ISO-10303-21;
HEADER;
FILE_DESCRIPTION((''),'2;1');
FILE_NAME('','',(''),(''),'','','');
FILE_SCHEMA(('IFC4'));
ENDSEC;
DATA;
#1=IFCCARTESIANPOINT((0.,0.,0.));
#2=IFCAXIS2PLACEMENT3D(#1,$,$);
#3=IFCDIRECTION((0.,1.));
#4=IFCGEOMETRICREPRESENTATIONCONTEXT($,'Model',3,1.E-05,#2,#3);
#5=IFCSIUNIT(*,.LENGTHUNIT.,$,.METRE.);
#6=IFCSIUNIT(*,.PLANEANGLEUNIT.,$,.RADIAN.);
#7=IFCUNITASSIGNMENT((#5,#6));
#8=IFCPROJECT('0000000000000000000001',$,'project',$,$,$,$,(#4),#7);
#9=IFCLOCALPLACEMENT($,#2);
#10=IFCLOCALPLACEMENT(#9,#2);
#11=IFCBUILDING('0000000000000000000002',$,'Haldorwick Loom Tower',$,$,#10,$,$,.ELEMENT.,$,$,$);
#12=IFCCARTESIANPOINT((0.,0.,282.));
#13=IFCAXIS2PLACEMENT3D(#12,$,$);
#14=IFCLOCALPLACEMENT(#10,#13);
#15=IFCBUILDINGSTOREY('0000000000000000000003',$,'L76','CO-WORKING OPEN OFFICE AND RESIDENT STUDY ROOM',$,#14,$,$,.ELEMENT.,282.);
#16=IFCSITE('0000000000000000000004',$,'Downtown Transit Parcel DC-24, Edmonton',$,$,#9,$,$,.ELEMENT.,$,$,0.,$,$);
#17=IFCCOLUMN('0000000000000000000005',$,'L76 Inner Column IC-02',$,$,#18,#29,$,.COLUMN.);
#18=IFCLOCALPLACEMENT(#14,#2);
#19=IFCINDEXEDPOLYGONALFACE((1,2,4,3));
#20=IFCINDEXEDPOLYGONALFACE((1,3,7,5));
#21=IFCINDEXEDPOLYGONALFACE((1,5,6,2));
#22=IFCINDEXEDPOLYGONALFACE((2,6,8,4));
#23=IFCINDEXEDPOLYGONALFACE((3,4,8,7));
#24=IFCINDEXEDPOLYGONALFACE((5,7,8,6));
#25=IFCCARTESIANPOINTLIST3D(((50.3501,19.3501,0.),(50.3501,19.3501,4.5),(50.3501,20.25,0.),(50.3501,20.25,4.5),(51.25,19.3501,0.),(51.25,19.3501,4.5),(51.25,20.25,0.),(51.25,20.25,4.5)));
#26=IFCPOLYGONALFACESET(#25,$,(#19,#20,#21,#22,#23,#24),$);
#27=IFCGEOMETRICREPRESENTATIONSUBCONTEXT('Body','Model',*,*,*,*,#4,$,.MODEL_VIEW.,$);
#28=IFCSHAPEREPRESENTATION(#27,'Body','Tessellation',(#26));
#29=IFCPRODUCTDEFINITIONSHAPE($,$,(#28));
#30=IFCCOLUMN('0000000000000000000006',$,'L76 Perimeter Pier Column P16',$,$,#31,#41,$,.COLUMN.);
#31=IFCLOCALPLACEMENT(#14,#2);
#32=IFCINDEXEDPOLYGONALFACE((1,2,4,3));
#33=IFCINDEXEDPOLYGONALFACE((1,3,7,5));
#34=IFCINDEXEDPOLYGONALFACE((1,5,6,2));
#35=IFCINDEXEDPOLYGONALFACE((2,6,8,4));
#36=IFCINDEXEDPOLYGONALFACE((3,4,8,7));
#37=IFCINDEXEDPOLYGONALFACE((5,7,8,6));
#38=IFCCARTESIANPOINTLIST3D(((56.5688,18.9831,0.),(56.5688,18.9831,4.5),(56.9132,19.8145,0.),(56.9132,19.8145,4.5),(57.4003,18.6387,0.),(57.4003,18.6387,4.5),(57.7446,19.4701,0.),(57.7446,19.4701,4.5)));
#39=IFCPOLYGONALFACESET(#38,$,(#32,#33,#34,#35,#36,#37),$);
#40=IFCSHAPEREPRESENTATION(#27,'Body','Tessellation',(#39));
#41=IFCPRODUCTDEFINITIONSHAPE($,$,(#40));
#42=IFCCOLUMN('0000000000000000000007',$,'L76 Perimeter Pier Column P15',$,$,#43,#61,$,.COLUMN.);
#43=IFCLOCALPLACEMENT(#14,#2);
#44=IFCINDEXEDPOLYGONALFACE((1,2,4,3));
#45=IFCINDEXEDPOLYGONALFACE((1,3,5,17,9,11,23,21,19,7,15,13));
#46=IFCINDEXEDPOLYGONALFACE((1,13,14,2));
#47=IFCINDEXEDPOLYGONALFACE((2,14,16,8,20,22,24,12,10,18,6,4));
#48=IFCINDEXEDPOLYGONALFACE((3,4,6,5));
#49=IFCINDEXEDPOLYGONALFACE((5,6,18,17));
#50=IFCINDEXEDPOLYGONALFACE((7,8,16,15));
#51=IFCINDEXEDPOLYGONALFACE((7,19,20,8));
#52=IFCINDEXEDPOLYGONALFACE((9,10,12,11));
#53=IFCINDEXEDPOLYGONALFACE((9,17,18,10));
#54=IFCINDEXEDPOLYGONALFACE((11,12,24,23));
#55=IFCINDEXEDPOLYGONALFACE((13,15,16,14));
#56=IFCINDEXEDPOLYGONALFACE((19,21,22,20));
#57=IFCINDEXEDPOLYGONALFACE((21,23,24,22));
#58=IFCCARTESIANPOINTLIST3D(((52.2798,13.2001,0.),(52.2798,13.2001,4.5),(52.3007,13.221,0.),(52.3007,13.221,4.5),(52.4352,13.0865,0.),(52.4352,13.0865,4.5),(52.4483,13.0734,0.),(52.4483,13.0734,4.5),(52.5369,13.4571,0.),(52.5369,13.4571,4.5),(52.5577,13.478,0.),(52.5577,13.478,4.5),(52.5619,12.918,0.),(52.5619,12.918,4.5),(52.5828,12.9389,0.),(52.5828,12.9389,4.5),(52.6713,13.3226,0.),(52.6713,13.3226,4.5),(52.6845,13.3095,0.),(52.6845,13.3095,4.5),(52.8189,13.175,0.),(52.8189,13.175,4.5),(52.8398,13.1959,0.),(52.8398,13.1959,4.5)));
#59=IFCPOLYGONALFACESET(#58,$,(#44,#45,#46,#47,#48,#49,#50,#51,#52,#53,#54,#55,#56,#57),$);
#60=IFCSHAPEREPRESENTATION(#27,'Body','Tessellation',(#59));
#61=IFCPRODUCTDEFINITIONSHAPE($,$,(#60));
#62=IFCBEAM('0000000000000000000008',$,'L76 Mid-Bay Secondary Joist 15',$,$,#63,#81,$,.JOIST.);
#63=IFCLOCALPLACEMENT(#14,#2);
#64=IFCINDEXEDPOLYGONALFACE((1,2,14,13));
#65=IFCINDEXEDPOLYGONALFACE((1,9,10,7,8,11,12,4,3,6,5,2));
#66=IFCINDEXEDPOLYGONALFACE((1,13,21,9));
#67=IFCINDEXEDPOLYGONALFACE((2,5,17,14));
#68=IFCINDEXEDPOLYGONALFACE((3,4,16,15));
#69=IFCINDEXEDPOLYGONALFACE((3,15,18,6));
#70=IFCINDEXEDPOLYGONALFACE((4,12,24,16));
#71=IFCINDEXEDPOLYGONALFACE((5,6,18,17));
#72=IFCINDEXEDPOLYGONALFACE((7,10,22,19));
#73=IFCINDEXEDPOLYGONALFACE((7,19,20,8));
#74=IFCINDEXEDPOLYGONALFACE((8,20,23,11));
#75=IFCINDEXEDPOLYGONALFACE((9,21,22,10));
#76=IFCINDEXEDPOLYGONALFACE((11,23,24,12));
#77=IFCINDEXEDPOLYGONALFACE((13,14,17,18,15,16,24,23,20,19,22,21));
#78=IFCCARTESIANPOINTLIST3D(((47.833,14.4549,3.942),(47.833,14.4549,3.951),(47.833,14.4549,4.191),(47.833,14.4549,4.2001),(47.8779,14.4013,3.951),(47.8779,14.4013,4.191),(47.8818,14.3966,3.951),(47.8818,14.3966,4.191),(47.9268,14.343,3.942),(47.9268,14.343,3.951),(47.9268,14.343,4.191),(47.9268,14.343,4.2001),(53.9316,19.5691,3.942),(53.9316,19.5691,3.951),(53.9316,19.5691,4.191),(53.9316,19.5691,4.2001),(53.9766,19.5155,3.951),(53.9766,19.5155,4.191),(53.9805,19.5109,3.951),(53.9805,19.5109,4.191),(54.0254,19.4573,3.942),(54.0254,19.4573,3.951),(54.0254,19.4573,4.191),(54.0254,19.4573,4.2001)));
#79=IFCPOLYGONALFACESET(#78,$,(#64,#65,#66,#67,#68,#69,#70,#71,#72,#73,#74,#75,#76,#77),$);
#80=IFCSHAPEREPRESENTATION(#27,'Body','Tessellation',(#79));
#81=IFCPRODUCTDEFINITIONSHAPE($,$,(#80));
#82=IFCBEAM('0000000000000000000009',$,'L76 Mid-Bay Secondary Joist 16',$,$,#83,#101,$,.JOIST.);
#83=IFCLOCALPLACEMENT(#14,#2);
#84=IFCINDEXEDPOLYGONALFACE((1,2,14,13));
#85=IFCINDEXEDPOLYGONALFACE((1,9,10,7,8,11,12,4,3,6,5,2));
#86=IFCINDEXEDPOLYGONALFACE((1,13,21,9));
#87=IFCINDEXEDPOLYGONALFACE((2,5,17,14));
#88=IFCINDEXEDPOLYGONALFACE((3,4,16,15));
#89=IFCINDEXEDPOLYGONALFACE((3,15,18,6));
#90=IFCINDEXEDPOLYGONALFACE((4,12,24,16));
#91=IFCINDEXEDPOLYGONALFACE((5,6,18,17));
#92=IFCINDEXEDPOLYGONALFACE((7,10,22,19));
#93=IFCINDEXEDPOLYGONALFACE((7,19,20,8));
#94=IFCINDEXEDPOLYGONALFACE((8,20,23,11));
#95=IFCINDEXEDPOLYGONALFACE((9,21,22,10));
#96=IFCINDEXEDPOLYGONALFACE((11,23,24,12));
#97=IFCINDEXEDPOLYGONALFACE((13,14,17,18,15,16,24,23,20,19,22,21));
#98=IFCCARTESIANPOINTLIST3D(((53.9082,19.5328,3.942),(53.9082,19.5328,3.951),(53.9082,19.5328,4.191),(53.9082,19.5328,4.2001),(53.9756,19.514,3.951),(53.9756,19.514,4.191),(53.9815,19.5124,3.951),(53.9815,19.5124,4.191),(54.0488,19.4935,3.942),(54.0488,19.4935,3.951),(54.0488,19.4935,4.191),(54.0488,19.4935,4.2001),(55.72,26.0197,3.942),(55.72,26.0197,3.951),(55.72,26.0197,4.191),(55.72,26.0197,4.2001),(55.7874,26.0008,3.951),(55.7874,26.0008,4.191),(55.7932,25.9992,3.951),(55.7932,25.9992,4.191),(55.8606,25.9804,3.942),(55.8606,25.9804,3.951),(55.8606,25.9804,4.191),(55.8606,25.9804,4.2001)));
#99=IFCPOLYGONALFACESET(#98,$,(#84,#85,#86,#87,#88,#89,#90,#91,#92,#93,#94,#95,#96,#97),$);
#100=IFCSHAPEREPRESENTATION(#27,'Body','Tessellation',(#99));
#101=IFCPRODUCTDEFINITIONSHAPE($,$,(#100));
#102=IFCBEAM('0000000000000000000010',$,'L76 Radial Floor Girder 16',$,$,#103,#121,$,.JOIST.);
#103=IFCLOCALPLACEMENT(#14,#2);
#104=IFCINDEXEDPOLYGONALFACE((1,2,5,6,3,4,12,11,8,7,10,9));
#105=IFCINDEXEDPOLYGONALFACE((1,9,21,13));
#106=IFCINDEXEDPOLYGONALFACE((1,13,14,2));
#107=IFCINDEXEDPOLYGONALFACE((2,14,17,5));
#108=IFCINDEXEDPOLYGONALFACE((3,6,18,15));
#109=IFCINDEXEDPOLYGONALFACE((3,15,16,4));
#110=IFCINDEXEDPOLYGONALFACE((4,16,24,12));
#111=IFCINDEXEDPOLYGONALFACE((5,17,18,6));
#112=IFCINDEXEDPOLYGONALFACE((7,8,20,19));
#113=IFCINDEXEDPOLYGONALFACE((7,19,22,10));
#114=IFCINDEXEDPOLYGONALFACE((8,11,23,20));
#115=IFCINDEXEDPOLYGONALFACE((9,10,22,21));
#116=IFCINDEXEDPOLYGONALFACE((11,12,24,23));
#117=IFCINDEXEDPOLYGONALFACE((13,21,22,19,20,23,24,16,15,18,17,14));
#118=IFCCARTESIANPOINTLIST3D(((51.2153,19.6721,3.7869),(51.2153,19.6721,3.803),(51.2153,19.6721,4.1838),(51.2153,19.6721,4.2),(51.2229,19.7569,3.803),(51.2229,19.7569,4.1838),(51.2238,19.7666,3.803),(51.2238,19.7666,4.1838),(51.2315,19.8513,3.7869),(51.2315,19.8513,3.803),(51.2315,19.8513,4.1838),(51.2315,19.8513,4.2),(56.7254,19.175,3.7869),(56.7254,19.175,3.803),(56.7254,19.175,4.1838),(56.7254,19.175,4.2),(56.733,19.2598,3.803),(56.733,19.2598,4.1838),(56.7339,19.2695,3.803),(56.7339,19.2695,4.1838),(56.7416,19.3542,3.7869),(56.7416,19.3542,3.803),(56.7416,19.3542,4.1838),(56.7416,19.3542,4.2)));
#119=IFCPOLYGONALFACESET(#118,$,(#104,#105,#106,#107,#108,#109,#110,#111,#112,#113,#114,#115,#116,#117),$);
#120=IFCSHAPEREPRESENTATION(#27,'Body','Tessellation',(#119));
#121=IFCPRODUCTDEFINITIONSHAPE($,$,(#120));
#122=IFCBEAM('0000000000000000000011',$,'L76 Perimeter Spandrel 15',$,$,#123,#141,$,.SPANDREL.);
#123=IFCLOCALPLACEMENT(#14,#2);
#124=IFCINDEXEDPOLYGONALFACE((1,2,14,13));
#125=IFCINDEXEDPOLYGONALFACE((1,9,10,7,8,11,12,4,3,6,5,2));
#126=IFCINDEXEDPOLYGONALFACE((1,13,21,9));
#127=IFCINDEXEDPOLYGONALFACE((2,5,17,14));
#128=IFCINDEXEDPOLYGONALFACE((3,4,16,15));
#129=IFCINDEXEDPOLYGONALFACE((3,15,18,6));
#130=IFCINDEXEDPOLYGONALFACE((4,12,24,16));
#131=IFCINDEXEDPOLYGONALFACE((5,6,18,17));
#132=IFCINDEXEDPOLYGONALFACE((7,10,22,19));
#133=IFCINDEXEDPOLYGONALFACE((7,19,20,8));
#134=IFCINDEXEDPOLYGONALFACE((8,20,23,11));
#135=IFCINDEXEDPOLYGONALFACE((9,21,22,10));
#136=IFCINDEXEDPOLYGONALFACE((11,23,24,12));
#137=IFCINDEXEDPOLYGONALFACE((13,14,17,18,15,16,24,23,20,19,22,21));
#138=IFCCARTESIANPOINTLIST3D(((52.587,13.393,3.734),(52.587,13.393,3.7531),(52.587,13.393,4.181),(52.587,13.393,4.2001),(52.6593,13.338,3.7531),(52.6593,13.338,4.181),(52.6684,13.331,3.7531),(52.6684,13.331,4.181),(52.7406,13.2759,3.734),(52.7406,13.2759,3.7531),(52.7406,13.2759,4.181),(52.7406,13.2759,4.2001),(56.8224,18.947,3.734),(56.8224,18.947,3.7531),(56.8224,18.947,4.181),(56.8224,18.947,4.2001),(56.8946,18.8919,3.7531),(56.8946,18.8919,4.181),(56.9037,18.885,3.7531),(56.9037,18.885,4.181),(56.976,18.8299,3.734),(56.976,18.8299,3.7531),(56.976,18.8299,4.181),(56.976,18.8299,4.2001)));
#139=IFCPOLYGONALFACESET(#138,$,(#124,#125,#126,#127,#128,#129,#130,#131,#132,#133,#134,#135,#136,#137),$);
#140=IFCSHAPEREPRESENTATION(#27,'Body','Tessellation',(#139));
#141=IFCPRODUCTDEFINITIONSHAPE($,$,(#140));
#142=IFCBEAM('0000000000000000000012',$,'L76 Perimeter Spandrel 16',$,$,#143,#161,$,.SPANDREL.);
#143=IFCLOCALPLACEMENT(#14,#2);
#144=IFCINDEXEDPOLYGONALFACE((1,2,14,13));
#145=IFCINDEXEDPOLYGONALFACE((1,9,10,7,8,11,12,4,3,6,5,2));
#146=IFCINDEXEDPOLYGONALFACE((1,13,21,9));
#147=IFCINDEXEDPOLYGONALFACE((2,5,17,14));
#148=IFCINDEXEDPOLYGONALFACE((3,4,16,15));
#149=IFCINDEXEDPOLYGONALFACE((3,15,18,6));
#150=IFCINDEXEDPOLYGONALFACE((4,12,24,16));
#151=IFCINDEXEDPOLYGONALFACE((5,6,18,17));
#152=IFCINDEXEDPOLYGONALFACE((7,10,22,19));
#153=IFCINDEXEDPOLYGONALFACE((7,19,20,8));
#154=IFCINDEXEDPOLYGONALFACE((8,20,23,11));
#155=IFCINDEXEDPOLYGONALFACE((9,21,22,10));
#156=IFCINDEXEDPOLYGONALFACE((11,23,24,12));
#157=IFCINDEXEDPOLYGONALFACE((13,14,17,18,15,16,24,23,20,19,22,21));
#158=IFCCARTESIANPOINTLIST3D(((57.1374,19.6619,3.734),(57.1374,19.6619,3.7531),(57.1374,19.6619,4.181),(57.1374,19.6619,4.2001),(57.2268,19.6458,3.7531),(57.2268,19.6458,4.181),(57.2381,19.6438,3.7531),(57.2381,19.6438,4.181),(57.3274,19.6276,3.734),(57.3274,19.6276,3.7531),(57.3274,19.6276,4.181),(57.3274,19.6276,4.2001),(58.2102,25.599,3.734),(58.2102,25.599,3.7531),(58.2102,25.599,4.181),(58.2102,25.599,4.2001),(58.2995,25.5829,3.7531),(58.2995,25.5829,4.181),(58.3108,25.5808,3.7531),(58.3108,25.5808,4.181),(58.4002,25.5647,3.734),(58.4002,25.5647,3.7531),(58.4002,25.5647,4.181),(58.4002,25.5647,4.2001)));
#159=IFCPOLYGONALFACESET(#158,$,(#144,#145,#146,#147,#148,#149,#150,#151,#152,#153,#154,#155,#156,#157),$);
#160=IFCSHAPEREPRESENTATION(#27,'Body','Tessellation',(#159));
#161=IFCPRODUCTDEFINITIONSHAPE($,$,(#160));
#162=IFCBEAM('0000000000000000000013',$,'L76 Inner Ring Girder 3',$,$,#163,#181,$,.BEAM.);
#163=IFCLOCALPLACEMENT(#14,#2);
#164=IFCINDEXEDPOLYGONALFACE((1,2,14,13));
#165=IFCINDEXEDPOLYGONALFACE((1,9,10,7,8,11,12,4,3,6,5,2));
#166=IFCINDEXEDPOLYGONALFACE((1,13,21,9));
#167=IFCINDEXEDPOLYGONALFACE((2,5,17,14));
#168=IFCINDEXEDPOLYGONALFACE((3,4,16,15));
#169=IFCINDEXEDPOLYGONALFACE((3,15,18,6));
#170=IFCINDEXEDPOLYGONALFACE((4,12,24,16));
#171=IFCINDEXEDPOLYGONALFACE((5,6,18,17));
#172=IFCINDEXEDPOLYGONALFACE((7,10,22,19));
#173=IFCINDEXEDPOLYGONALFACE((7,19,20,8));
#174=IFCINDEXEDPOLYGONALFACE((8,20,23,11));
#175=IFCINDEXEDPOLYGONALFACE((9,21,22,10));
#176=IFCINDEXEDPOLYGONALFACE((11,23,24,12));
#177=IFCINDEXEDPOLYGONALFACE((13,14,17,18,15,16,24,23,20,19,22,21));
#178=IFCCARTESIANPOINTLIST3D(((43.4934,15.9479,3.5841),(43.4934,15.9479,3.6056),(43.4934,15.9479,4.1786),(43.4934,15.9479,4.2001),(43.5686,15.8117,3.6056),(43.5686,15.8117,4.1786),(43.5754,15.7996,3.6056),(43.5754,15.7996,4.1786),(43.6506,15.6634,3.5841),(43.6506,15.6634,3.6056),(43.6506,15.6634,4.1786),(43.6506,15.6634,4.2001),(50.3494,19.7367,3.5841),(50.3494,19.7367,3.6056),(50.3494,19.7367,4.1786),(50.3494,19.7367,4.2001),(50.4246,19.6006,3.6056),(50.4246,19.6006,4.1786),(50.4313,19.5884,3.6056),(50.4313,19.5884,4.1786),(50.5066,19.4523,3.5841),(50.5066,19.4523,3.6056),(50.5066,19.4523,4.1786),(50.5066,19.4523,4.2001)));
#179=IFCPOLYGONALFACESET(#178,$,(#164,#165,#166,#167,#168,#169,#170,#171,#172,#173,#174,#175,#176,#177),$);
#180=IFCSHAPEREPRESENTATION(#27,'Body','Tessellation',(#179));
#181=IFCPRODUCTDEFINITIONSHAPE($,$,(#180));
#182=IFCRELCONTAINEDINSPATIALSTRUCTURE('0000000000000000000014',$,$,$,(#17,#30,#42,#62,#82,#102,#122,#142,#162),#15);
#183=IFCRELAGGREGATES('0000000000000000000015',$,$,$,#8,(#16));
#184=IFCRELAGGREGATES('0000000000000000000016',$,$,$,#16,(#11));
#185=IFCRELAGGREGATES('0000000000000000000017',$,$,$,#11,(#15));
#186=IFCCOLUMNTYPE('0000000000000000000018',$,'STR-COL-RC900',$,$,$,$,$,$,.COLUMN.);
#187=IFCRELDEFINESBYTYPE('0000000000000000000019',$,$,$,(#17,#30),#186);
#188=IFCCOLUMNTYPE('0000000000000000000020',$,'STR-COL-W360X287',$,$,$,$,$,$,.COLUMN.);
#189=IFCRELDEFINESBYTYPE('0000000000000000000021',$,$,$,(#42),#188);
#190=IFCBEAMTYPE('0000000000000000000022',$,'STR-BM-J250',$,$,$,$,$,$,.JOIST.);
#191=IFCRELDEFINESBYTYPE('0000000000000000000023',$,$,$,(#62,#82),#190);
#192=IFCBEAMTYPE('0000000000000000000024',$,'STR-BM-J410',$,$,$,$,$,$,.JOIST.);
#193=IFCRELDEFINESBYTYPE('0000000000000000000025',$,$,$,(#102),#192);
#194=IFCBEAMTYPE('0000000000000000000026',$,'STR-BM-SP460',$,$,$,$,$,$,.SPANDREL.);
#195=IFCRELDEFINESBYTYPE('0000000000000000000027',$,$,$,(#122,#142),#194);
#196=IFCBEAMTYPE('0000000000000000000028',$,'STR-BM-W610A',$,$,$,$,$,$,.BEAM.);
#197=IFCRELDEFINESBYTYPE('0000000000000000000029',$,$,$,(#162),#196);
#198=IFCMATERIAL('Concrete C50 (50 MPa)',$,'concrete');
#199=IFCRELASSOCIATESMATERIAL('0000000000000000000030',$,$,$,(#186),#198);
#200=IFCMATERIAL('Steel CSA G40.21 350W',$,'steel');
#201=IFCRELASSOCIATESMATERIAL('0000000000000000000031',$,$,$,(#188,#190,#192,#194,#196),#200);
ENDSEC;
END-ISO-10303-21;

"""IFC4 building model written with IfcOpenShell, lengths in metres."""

from ifc_helpers import new_model, si_unit, direction, frame, origin, origin_2d, place, context, subcontext, project, spatial, rectangle, i_section, extrude, material, material_profile, profile_set, type_object, element, save


model = new_model("IFC4")

# Units and contexts
model_context = context("Model", 3, precision=1e-05, world=origin(), true_north=direction((0.0, 1.0)))
body_context = subcontext(model_context, "Body", "Model", "MODEL_VIEW")
ifc_project = project(units=[si_unit("LENGTHUNIT", "METRE"), si_unit("PLANEANGLEUNIT", "RADIAN")], contexts=[model_context])

# Site, building, storey
site_placement = place(None, origin())
site = spatial("IfcSite", under=ifc_project, at=site_placement, Name="Downtown Transit Parcel DC-24, Edmonton", CompositionType="ELEMENT", RefElevation=0.0)
building_placement = place(site_placement, origin())
building = spatial("IfcBuilding", under=site, at=building_placement, Name="Haldorwick Loom Tower", CompositionType="ELEMENT")
storey_placement = place(building_placement, frame((0.0, 0.0, 282.0)))
storey = spatial("IfcBuildingStorey", under=building, at=storey_placement, Name="L76", Description="CO-WORKING OPEN OFFICE AND RESIDENT STUDY ROOM", CompositionType="ELEMENT", Elevation=282.0)

# Columns
ifc_material_1 = material(Name="Concrete C50 (50 MPa)", Category="concrete")
ifc_material_profile_1 = material_profile(ifc_material_1, rectangle(XDim=0.8999, YDim=0.8999, at=origin_2d()), Name="RC900X900", Category="concrete")
ifc_profile_set_1 = profile_set([ifc_material_profile_1], Name="Concrete C50 (50 MPa)")
column_type_1 = type_object("IfcColumnType", Name="STR-COL-RC900", PredefinedType="COLUMN", material=ifc_profile_set_1)
for number, where, z_axis, x_axis, name in (
    (1, (50.8, 19.8, 0.0), (0.0, 0.0, 1.0), (1.0, 0.0, 0.0), "L76 Inner Column IC-02"),
    (2, (57.1567, 19.2266, 0.0), (0.0, 0.0, 1.0), (0.92388, -0.382683, 0.0), "L76 Perimeter Pier Column P16"),
):
    element("IfcColumn", number, at=place(storey_placement, frame(where, z_axis=z_axis, x_axis=x_axis)), inside=storey, type_object=column_type_1, Name=name, PredefinedType="COLUMN", context=body_context, shape_type="SweptSolid", body=[
        extrude(rectangle(XDim=0.8999, YDim=0.8999, at=origin_2d()), origin(), (0.0, 0.0, 1.0), 4.5),
    ])
ifc_material_2 = material(Name="Steel CSA G40.21 350W", Category="steel")
ifc_material_profile_2 = material_profile(ifc_material_2, i_section(OverallWidth=0.3989, OverallDepth=0.3931, WebThickness=0.0186, FlangeThickness=0.0295, at=origin_2d()), Name="W360X287", Category="steel")
ifc_profile_set_2 = profile_set([ifc_material_profile_2], Name="Steel CSA G40.21 350W")
column_type_2 = type_object("IfcColumnType", Name="STR-COL-W360X287", PredefinedType="COLUMN", material=ifc_profile_set_2)
column_placement = place(storey_placement, frame((52.5598, 13.198, 0.0), z_axis=(0.0, 0.0, 1.0), x_axis=(0.707107, -0.707107, 0.0)))
element("IfcColumn", 3, at=column_placement, inside=storey, type_object=column_type_2, Name="L76 Perimeter Pier Column P15", PredefinedType="COLUMN", context=body_context, shape_type="SweptSolid", body=[
    extrude(i_section(OverallWidth=0.3989, OverallDepth=0.3931, WebThickness=0.0186, FlangeThickness=0.0295, at=origin_2d()), origin(), (0.0, 0.0, 1.0), 4.5),
])

# Beams
ifc_material_profile_3 = material_profile(ifc_material_2, i_section(OverallWidth=0.146, OverallDepth=0.2581, WebThickness=0.0061, FlangeThickness=0.009, at=origin_2d()), Name="W250X33", Category="steel")
ifc_profile_set_3 = profile_set([ifc_material_profile_3], Name="Steel CSA G40.21 350W")
beam_type_1 = type_object("IfcBeamType", Name="STR-BM-J250", PredefinedType="JOIST", material=ifc_profile_set_3)
beam_1_placement = place(storey_placement, frame((47.8799, 14.3989, 4.071), z_axis=(0.766236, 0.642559, 0.0), x_axis=(-0.642559, 0.766236, 0.0)))
element("IfcBeam", 4, at=beam_1_placement, inside=storey, type_object=beam_type_1, Name="L76 Mid-Bay Secondary Joist 15", PredefinedType="JOIST", context=body_context, shape_type="SweptSolid", body=[
    extrude(i_section(OverallWidth=0.146, OverallDepth=0.2581, WebThickness=0.0061, FlangeThickness=0.009, at=origin_2d()), origin(), (0.0, 0.0, 1.0), 7.9592),
])
beam_2_placement = place(storey_placement, frame((53.9785, 19.5132, 4.071), z_axis=(0.269005, 0.963139, 0.0), x_axis=(-0.963139, 0.269005, 0.0)))
element("IfcBeam", 5, at=beam_2_placement, inside=storey, type_object=beam_type_1, Name="L76 Mid-Bay Secondary Joist 16", PredefinedType="JOIST", context=body_context, shape_type="SweptSolid", body=[
    extrude(i_section(OverallWidth=0.146, OverallDepth=0.2581, WebThickness=0.0061, FlangeThickness=0.009, at=origin_2d()), origin(), (0.0, 0.0, 1.0), 6.7351),
])
ifc_material_profile_4 = material_profile(ifc_material_2, i_section(OverallWidth=0.1799, OverallDepth=0.4131, WebThickness=0.0098, FlangeThickness=0.0161, at=origin_2d()), Name="W410X74", Category="steel")
ifc_profile_set_4 = profile_set([ifc_material_profile_4], Name="Steel CSA G40.21 350W")
beam_type_2 = type_object("IfcBeamType", Name="STR-BM-J410", PredefinedType="JOIST", material=ifc_profile_set_4)
beam_3_placement = place(storey_placement, frame((51.2234, 19.7617, 3.9934), z_axis=(0.995956, -0.089847, 0.0), x_axis=(0.089847, 0.995956, 0.0)))
element("IfcBeam", 6, at=beam_3_placement, inside=storey, type_object=beam_type_2, Name="L76 Radial Floor Girder 16", PredefinedType="JOIST", context=body_context, shape_type="SweptSolid", body=[
    extrude(i_section(OverallWidth=0.1799, OverallDepth=0.4131, WebThickness=0.0098, FlangeThickness=0.0161, at=origin_2d()), origin(), (0.0, 0.0, 1.0), 5.5325),
])
ifc_material_profile_5 = material_profile(ifc_material_2, i_section(OverallWidth=0.1931, OverallDepth=0.4661, WebThickness=0.0115, FlangeThickness=0.019, at=origin_2d()), Name="W460X97", Category="steel")
ifc_profile_set_5 = profile_set([ifc_material_profile_5], Name="Steel CSA G40.21 350W")
beam_type_3 = type_object("IfcBeamType", Name="STR-BM-SP460", PredefinedType="SPANDREL", material=ifc_profile_set_5)
beam_4_placement = place(storey_placement, frame((52.6638, 13.3345, 3.967), z_axis=(0.606384, 0.795172, 0.0), x_axis=(-0.795172, 0.606384, 0.0)))
element("IfcBeam", 7, at=beam_4_placement, inside=storey, type_object=beam_type_3, Name="L76 Perimeter Spandrel 15", PredefinedType="SPANDREL", context=body_context, shape_type="SweptSolid", body=[
    extrude(i_section(OverallWidth=0.1931, OverallDepth=0.4661, WebThickness=0.0115, FlangeThickness=0.019, at=origin_2d()), origin(), (0.0, 0.0, 1.0), 6.9846),
])
beam_5_placement = place(storey_placement, frame((57.2324, 19.6448, 3.967), z_axis=(0.17781, 0.984065, 0.0), x_axis=(-0.984065, 0.17781, 0.0)))
element("IfcBeam", 8, at=beam_5_placement, inside=storey, type_object=beam_type_3, Name="L76 Perimeter Spandrel 16", PredefinedType="SPANDREL", context=body_context, shape_type="SweptSolid", body=[
    extrude(i_section(OverallWidth=0.1931, OverallDepth=0.4661, WebThickness=0.0115, FlangeThickness=0.019, at=origin_2d()), origin(), (0.0, 0.0, 1.0), 6.0332),
])
ifc_material_profile_6 = material_profile(ifc_material_2, i_section(OverallWidth=0.325, OverallDepth=0.616, WebThickness=0.0139, FlangeThickness=0.0215, at=origin_2d()), Name="W610X174", Category="steel")
ifc_profile_set_6 = profile_set([ifc_material_profile_6], Name="Steel CSA G40.21 350W")
beam_type_4 = type_object("IfcBeamType", Name="STR-BM-W610A", PredefinedType="BEAM", material=ifc_profile_set_6)
beam_6_placement = place(storey_placement, frame((50.428, 19.5945, 3.8921), z_axis=(-0.875242, -0.483686, 0.0), x_axis=(0.483686, -0.875242, 0.0)))
element("IfcBeam", 9, at=beam_6_placement, inside=storey, type_object=beam_type_4, Name="L76 Inner Ring Girder 3", PredefinedType="BEAM", context=body_context, shape_type="SweptSolid", body=[
    extrude(i_section(OverallWidth=0.325, OverallDepth=0.616, WebThickness=0.0139, FlangeThickness=0.0215, at=origin_2d()), origin(), (0.0, 0.0, 1.0), 7.8333),
])

save(model, "model.ifc")
